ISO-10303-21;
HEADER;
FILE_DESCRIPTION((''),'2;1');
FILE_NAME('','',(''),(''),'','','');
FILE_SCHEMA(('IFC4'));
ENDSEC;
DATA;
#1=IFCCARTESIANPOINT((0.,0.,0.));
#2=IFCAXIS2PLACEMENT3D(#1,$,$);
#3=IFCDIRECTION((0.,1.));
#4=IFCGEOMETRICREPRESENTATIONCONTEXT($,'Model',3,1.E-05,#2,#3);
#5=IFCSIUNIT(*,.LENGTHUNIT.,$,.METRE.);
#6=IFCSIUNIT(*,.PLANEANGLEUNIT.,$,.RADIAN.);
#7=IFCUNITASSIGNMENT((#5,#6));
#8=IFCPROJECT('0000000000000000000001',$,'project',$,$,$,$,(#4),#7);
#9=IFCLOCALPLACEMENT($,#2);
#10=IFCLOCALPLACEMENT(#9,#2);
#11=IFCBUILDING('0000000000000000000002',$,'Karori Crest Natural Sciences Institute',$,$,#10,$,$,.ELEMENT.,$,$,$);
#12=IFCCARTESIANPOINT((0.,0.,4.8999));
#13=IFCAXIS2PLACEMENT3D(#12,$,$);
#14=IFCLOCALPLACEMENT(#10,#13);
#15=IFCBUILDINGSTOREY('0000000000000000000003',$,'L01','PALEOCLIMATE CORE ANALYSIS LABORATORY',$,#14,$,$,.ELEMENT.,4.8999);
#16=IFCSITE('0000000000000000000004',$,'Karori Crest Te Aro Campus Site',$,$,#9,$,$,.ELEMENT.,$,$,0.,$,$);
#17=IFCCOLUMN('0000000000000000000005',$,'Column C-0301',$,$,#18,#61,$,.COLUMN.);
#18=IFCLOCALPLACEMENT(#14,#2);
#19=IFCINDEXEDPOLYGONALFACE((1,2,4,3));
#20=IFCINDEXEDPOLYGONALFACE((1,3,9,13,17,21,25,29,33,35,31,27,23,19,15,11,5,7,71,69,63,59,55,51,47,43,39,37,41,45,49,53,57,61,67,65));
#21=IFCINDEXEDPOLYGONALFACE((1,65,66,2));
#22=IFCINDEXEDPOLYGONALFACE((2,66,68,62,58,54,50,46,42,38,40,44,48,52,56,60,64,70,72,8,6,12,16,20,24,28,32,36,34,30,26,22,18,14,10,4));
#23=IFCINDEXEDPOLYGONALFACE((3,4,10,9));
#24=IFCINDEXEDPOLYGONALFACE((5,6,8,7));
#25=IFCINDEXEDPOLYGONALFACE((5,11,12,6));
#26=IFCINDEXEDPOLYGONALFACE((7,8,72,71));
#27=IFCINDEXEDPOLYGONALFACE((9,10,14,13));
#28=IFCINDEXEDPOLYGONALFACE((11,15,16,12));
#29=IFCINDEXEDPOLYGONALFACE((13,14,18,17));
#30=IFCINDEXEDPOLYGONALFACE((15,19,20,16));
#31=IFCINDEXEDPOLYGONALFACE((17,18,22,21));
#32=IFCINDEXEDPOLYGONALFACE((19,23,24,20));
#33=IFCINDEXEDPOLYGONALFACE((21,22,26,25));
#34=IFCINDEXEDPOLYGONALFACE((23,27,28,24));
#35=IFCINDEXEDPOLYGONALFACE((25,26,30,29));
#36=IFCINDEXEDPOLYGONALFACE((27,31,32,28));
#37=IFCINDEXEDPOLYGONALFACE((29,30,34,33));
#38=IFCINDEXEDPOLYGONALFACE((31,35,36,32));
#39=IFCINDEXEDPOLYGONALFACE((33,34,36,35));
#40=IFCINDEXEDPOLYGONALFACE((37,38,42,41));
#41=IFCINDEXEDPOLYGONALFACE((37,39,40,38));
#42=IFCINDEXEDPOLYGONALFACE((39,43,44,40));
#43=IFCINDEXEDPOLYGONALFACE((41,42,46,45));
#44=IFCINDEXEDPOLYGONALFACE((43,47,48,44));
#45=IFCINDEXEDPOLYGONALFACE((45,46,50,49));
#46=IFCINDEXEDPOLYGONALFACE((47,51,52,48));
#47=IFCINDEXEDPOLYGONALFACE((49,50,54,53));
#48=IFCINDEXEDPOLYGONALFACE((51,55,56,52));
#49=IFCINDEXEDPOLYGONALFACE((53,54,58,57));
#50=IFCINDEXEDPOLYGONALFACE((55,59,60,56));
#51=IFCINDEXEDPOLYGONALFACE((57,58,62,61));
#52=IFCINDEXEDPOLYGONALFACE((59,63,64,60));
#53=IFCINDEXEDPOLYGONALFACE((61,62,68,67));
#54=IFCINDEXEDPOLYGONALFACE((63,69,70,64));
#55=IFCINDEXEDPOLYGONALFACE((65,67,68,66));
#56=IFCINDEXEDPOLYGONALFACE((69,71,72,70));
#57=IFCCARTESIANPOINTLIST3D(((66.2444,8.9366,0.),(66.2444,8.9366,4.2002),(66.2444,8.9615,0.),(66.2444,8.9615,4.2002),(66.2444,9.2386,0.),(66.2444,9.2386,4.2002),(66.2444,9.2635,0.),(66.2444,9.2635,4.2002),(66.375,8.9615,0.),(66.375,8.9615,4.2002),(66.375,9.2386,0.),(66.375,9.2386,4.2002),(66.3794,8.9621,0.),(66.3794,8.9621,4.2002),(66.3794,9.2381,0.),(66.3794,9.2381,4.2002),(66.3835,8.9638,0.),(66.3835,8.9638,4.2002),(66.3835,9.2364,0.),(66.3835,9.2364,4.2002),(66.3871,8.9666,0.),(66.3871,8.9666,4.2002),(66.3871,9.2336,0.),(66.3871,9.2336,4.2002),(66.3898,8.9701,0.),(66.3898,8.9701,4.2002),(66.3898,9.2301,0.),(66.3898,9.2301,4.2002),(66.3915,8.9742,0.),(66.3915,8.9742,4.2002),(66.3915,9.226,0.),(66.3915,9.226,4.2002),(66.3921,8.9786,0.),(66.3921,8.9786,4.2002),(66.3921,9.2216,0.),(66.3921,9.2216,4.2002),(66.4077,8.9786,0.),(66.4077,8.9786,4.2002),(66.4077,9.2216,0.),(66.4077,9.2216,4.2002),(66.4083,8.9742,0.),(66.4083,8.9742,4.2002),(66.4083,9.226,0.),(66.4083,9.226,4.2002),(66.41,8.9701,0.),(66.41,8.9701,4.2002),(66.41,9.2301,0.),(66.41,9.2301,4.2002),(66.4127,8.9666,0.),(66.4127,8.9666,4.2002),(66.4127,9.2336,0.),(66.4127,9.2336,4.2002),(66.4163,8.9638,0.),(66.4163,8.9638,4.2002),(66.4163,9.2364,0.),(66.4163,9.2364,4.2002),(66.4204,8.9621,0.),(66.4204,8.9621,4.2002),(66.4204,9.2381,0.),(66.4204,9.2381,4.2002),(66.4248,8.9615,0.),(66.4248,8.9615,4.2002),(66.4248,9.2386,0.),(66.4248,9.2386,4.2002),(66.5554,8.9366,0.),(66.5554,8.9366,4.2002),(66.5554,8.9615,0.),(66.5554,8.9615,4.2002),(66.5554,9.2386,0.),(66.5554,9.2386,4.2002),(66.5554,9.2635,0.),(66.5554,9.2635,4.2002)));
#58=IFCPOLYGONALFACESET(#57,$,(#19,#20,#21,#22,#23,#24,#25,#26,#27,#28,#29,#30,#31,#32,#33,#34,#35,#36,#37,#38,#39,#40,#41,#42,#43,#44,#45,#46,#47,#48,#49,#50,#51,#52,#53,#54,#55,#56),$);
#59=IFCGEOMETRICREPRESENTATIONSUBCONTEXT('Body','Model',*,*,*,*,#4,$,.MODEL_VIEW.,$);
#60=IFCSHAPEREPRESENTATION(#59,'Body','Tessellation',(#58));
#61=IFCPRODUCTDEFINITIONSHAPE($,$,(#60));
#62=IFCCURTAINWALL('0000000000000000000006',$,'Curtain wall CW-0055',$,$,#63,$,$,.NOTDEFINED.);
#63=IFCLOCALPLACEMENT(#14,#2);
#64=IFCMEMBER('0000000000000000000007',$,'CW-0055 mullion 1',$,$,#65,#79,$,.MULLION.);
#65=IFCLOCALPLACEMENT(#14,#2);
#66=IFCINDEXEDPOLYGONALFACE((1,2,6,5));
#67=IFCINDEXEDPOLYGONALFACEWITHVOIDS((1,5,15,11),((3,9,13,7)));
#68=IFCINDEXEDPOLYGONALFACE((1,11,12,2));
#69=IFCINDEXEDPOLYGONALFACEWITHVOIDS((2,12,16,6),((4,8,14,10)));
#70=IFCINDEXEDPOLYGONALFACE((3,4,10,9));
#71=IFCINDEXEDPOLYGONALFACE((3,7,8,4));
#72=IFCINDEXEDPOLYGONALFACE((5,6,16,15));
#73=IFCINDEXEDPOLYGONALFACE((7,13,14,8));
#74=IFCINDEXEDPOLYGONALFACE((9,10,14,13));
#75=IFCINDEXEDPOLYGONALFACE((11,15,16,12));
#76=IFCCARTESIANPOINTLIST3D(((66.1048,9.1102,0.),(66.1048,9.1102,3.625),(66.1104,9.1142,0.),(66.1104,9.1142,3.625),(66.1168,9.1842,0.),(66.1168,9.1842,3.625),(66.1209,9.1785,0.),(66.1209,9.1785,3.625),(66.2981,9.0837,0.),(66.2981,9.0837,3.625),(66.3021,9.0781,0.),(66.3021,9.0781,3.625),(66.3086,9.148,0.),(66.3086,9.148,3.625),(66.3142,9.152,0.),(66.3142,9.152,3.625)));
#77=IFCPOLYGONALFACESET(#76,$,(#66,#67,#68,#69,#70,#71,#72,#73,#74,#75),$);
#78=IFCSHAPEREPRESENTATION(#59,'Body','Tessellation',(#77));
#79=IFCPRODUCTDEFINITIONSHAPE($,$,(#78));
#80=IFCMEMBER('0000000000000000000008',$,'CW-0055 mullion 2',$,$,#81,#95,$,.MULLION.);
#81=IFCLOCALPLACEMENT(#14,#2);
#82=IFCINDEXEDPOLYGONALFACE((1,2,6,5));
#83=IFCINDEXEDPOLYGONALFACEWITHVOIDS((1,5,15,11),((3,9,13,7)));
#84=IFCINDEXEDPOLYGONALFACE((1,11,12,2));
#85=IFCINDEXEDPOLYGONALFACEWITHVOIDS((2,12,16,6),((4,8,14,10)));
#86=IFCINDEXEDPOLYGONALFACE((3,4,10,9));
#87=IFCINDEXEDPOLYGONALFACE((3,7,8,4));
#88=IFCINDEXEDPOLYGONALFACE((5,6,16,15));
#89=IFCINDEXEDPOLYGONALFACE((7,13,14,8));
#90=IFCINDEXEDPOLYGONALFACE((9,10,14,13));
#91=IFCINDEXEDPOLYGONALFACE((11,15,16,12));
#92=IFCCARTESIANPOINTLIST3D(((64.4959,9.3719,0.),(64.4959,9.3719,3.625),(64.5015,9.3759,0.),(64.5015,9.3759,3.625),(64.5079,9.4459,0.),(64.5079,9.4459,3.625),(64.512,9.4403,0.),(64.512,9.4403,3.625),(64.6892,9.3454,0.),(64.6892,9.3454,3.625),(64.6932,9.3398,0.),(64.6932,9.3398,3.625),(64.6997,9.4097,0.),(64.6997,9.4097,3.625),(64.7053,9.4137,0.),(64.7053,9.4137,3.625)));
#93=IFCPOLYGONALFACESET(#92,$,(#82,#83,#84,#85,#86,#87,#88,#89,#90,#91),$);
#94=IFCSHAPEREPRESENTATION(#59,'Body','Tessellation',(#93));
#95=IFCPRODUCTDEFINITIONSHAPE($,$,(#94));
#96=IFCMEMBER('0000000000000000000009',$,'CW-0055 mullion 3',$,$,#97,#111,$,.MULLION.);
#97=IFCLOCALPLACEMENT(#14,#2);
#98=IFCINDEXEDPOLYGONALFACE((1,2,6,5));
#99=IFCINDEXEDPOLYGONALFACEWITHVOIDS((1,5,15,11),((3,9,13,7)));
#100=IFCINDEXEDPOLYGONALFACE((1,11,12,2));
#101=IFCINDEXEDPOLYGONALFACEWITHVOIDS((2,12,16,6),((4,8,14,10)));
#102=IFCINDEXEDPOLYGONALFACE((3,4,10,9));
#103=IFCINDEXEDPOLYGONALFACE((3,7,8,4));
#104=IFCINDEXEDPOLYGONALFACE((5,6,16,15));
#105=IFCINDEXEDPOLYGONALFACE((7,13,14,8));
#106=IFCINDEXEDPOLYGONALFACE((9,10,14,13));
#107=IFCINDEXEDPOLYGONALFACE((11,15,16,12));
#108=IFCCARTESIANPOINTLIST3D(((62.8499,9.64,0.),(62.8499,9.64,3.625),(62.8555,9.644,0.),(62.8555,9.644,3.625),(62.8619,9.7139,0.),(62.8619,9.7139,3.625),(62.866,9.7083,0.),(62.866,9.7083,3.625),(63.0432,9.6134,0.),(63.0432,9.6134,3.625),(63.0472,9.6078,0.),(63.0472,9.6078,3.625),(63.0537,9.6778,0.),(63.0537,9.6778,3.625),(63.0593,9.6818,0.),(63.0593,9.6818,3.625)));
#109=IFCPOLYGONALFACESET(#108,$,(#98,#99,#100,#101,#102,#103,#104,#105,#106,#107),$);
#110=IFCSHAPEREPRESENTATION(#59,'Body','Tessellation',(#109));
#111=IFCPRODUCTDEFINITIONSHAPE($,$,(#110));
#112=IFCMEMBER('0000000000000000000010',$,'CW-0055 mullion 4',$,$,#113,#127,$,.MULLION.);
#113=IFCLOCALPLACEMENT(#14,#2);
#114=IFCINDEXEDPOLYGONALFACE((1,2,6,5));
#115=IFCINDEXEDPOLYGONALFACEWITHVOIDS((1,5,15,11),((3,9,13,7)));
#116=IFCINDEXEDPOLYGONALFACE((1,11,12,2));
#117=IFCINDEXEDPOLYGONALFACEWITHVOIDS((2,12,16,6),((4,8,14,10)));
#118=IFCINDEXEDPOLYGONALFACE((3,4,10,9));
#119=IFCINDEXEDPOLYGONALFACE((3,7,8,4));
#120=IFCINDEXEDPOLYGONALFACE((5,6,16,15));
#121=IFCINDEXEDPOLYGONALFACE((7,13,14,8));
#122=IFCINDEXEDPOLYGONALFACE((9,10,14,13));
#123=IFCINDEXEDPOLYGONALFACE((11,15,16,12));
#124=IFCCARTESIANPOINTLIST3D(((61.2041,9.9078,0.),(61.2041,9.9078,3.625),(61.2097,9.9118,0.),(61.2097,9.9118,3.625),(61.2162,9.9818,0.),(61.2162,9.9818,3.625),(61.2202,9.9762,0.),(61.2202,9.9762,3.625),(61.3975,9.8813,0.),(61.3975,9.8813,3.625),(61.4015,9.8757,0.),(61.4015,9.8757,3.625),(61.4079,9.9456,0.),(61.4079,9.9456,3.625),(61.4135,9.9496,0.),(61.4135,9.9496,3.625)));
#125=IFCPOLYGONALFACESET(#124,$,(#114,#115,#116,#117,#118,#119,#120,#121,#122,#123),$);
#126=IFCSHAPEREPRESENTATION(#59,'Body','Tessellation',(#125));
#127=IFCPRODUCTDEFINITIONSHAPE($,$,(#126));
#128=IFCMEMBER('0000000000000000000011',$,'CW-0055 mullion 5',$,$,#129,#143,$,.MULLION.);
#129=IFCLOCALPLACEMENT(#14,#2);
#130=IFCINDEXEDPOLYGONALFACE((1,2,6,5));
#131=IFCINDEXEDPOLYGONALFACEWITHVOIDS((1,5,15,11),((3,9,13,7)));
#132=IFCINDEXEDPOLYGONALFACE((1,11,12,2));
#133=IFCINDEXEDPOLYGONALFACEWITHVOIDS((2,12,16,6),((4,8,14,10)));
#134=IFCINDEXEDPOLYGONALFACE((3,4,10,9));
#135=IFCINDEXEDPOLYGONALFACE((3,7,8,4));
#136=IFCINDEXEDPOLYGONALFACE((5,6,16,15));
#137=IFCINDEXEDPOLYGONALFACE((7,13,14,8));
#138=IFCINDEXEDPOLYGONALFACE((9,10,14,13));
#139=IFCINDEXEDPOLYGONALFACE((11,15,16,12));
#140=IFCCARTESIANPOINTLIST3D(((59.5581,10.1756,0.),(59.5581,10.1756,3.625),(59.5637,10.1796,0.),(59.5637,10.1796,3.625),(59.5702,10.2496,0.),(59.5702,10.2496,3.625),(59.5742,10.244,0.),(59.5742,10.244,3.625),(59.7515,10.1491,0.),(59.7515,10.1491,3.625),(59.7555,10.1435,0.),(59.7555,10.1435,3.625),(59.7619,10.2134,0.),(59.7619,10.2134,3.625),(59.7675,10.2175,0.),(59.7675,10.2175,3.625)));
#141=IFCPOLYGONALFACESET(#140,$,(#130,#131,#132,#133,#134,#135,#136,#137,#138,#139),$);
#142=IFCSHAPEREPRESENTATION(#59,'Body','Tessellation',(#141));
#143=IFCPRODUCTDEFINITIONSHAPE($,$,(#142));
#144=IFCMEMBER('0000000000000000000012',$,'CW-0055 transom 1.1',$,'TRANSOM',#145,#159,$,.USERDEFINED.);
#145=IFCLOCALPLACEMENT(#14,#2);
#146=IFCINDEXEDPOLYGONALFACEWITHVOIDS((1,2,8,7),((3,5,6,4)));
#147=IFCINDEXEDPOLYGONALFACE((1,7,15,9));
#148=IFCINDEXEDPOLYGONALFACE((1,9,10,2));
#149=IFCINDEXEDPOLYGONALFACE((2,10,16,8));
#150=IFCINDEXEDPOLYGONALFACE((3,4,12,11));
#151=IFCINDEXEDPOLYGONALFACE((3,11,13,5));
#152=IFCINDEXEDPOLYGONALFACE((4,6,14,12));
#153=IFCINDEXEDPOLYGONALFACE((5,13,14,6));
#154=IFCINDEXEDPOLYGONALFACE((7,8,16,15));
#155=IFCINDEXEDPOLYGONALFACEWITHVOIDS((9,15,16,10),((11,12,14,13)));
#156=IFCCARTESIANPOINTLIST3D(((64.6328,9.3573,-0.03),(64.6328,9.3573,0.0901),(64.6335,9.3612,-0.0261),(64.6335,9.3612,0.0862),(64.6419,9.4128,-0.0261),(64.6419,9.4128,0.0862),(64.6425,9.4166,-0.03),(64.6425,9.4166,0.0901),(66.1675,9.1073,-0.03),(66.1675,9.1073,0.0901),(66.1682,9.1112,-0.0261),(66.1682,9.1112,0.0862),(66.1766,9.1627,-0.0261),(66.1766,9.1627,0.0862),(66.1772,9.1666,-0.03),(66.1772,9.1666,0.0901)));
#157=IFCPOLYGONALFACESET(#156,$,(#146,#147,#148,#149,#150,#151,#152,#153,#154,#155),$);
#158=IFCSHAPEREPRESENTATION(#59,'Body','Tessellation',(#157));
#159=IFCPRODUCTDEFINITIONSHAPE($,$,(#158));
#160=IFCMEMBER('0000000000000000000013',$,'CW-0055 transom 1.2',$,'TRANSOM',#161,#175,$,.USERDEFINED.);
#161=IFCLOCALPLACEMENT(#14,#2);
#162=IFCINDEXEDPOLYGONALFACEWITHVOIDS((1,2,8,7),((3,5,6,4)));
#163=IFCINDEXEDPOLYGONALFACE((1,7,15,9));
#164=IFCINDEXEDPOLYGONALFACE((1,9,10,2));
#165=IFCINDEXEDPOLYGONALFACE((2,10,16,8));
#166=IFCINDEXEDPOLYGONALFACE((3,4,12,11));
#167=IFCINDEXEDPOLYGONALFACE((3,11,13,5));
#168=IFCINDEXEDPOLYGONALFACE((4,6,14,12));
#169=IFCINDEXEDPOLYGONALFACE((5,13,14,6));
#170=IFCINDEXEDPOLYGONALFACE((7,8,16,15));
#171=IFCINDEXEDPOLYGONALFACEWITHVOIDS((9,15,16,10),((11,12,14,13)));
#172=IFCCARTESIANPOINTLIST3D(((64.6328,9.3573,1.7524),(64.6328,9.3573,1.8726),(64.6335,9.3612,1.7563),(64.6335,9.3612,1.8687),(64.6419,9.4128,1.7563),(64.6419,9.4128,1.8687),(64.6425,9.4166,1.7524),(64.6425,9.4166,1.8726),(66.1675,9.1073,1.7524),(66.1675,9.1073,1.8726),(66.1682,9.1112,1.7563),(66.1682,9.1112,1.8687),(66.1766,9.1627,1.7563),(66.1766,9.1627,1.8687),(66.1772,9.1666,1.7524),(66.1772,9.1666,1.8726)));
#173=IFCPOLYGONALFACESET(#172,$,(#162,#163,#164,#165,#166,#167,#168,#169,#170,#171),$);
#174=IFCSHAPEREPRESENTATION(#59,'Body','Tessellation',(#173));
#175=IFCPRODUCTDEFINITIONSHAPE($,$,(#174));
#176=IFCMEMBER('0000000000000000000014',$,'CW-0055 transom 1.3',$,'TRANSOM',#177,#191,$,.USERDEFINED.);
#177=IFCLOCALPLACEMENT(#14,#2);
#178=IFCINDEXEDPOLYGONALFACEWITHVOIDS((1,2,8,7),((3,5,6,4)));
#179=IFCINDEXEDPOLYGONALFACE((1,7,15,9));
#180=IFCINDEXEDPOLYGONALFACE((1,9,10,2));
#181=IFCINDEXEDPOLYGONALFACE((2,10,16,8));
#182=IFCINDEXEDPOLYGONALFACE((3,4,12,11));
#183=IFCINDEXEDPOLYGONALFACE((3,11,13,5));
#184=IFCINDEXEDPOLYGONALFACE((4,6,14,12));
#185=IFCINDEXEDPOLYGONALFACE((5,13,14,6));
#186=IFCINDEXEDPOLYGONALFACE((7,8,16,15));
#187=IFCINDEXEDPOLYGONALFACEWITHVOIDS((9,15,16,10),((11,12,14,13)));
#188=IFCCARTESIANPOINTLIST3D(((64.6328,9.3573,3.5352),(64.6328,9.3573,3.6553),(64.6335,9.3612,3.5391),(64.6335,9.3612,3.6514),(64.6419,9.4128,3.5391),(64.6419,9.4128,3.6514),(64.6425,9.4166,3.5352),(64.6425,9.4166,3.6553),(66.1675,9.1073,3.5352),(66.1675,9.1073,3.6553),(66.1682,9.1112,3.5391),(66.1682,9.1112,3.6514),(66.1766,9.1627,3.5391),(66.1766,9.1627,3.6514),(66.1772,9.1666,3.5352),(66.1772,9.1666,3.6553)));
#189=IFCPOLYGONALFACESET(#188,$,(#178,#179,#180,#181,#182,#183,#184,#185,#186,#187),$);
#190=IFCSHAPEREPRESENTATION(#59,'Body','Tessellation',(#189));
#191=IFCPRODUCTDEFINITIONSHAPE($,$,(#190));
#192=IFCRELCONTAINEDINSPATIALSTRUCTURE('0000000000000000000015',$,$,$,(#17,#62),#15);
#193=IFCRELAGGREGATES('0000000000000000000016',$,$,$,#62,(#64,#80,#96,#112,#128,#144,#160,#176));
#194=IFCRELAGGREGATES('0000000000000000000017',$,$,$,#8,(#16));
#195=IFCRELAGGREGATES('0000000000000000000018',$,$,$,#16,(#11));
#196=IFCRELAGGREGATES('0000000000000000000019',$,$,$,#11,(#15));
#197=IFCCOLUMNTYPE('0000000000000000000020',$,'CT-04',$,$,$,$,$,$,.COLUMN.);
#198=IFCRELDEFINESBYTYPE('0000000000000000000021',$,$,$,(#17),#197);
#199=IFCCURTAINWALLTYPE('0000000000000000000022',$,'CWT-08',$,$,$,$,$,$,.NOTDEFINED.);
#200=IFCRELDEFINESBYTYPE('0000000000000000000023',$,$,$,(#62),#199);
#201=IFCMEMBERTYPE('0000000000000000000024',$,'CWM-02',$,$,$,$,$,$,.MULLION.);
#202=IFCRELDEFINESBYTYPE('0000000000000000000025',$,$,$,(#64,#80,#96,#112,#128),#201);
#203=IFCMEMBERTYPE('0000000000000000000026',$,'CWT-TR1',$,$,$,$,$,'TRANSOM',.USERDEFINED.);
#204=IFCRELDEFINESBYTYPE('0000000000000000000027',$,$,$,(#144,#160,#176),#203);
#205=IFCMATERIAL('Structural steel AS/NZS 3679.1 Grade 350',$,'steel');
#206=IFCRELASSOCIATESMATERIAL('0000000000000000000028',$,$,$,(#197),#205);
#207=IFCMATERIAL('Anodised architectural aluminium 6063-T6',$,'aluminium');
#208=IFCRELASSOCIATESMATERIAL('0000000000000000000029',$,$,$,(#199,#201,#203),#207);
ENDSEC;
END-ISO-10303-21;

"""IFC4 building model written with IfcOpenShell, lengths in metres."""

from ifc_helpers import new_model, si_unit, direction, frame, origin, origin_2d, place, context, subcontext, project, spatial, hollow_rectangle, i_section, extrude, material, material_profile, profile_set, type_object, element, aggregate, save


model = new_model("IFC4")

# Units and contexts
model_context = context("Model", 3, precision=1e-05, world=origin(), true_north=direction((0.0, 1.0)))
body_context = subcontext(model_context, "Body", "Model", "MODEL_VIEW")
ifc_project = project(units=[si_unit("LENGTHUNIT", "METRE"), si_unit("PLANEANGLEUNIT", "RADIAN")], contexts=[model_context])

# Site, building, storey
site_placement = place(None, origin())
site = spatial("IfcSite", under=ifc_project, at=site_placement, Name="Karori Crest Te Aro Campus Site", CompositionType="ELEMENT", RefElevation=0.0)
building_placement = place(site_placement, origin())
building = spatial("IfcBuilding", under=site, at=building_placement, Name="Karori Crest Natural Sciences Institute", CompositionType="ELEMENT")
storey_placement = place(building_placement, frame((0.0, 0.0, 4.8999)))
storey = spatial("IfcBuildingStorey", under=building, at=storey_placement, Name="L01", Description="PALEOCLIMATE CORE ANALYSIS LABORATORY", CompositionType="ELEMENT", Elevation=4.8999)

# Column
ifc_material_1 = material(Name="Structural steel AS/NZS 3679.1 Grade 350", Category="steel")
ifc_material_profile_1 = material_profile(ifc_material_1, i_section(OverallWidth=0.311, OverallDepth=0.3269, WebThickness=0.0156, FlangeThickness=0.0249, FilletRadius=0.0171, at=origin_2d()), Name="310UC158")
ifc_profile_set_1 = profile_set([ifc_material_profile_1], Name="Structural steel AS/NZS 3679.1 Grade 350")
column_type = type_object("IfcColumnType", Name="CT-04", PredefinedType="COLUMN", material=ifc_profile_set_1)
column_placement = place(storey_placement, frame((66.3999, 9.1001, 0.0), z_axis=(0.0, 0.0, 1.0), x_axis=(1.0, 0.0, 0.0)))
element("IfcColumn", 1, at=column_placement, inside=storey, type_object=column_type, Name="Column C-0301", PredefinedType="COLUMN", context=body_context, shape_type="SweptSolid", body=[
    extrude(i_section(OverallWidth=0.311, OverallDepth=0.3269, WebThickness=0.0156, FlangeThickness=0.0249, FilletRadius=0.0171, at=origin_2d()), origin(), (0.0, 0.0, 1.0), 4.2002),
])

# Curtain wall, members
ifc_material_2 = material(Name="Anodised architectural aluminium 6063-T6", Category="aluminium")
curtain_wall_type = type_object("IfcCurtainWallType", Name="CWT-08", PredefinedType="NOTDEFINED", material=ifc_material_2)
curtain_wall_placement = place(storey_placement, origin())
curtain_wall = element("IfcCurtainWall", 2, at=curtain_wall_placement, inside=storey, type_object=curtain_wall_type, Name="Curtain wall CW-0055", PredefinedType="NOTDEFINED")
ifc_material_profile_2 = material_profile(ifc_material_2, hollow_rectangle(XDim=0.075, YDim=0.2, WallThickness=0.0049, at=origin_2d()), Name="CWM200x75x5")
ifc_profile_set_2 = profile_set([ifc_material_profile_2], Name="Anodised architectural aluminium 6063-T6")
member_type_1 = type_object("IfcMemberType", Name="CWM-02", PredefinedType="MULLION", material=ifc_profile_set_2)
member_1_placement = place(storey_placement, frame((66.2095, 9.1311, 0.0), z_axis=(0.0, 0.0, 1.0), x_axis=(-0.160652, -0.987011, 0.0)))
member_1 = element("IfcMember", 3, at=member_1_placement, type_object=member_type_1, Name="CW-0055 mullion 1", PredefinedType="MULLION", context=body_context, shape_type="SweptSolid", body=[
    extrude(hollow_rectangle(XDim=0.075, YDim=0.2, WallThickness=0.0049, at=origin_2d()), origin(), (0.0, 0.0, 1.0), 3.625),
])
member_2_placement = place(storey_placement, frame((64.6006, 9.3928, 0.0), z_axis=(0.0, 0.0, 1.0), x_axis=(-0.160652, -0.987011, 0.0)))
member_2 = element("IfcMember", 4, at=member_2_placement, type_object=member_type_1, Name="CW-0055 mullion 2", PredefinedType="MULLION", context=body_context, shape_type="SweptSolid", body=[
    extrude(hollow_rectangle(XDim=0.075, YDim=0.2, WallThickness=0.0049, at=origin_2d()), origin(), (0.0, 0.0, 1.0), 3.625),
])
member_3_placement = place(storey_placement, frame((62.9546, 9.6609, 0.0), z_axis=(0.0, 0.0, 1.0), x_axis=(-0.160652, -0.987011, 0.0)))
member_3 = element("IfcMember", 5, at=member_3_placement, type_object=member_type_1, Name="CW-0055 mullion 3", PredefinedType="MULLION", context=body_context, shape_type="SweptSolid", body=[
    extrude(hollow_rectangle(XDim=0.075, YDim=0.2, WallThickness=0.0049, at=origin_2d()), origin(), (0.0, 0.0, 1.0), 3.625),
])
member_4_placement = place(storey_placement, frame((61.3088, 9.9287, 0.0), z_axis=(0.0, 0.0, 1.0), x_axis=(-0.160652, -0.987011, 0.0)))
member_4 = element("IfcMember", 6, at=member_4_placement, type_object=member_type_1, Name="CW-0055 mullion 4", PredefinedType="MULLION", context=body_context, shape_type="SweptSolid", body=[
    extrude(hollow_rectangle(XDim=0.075, YDim=0.2, WallThickness=0.0049, at=origin_2d()), origin(), (0.0, 0.0, 1.0), 3.625),
])
member_5_placement = place(storey_placement, frame((59.6628, 10.1965, 0.0), z_axis=(0.0, 0.0, 1.0), x_axis=(-0.160652, -0.987011, 0.0)))
member_5 = element("IfcMember", 7, at=member_5_placement, type_object=member_type_1, Name="CW-0055 mullion 5", PredefinedType="MULLION", context=body_context, shape_type="SweptSolid", body=[
    extrude(hollow_rectangle(XDim=0.075, YDim=0.2, WallThickness=0.0049, at=origin_2d()), origin(), (0.0, 0.0, 1.0), 3.625),
])
ifc_material_profile_3 = material_profile(ifc_material_2, hollow_rectangle(XDim=0.0601, YDim=0.1201, WallThickness=0.0039, at=origin_2d()), Name="CWT120x60x4")
ifc_profile_set_3 = profile_set([ifc_material_profile_3], Name="Anodised architectural aluminium 6063-T6")
member_type_2 = type_object("IfcMemberType", Name="CWT-TR1", ElementType="TRANSOM", PredefinedType="USERDEFINED", material=ifc_profile_set_3)
member_6_placement = place(storey_placement, frame((66.1724, 9.137, 0.03), z_axis=(-0.98699, 0.160782, 0.0), x_axis=(-0.160782, -0.98699, 0.0)))
member_6 = element("IfcMember", 8, at=member_6_placement, type_object=member_type_2, Name="CW-0055 transom 1.1", ObjectType="TRANSOM", PredefinedType="USERDEFINED", context=body_context, shape_type="SweptSolid", body=[
    extrude(hollow_rectangle(XDim=0.0601, YDim=0.1201, WallThickness=0.0039, at=origin_2d()), origin(), (0.0, 0.0, 1.0), 1.5549),
])
member_7_placement = place(storey_placement, frame((66.1724, 9.137, 1.8125), z_axis=(-0.98699, 0.160782, 0.0), x_axis=(-0.160782, -0.98699, 0.0)))
member_7 = element("IfcMember", 9, at=member_7_placement, type_object=member_type_2, Name="CW-0055 transom 1.2", ObjectType="TRANSOM", PredefinedType="USERDEFINED", context=body_context, shape_type="SweptSolid", body=[
    extrude(hollow_rectangle(XDim=0.0601, YDim=0.1201, WallThickness=0.0039, at=origin_2d()), origin(), (0.0, 0.0, 1.0), 1.5549),
])
member_8_placement = place(storey_placement, frame((66.1724, 9.137, 3.5952), z_axis=(-0.98699, 0.160782, 0.0), x_axis=(-0.160782, -0.98699, 0.0)))
member_8 = element("IfcMember", 10, at=member_8_placement, type_object=member_type_2, Name="CW-0055 transom 1.3", ObjectType="TRANSOM", PredefinedType="USERDEFINED", context=body_context, shape_type="SweptSolid", body=[
    extrude(hollow_rectangle(XDim=0.0601, YDim=0.1201, WallThickness=0.0039, at=origin_2d()), origin(), (0.0, 0.0, 1.0), 1.5549),
])
aggregate(curtain_wall, [member_1, member_2, member_3, member_4, member_5, member_6, member_7, member_8])

save(model, "model.ifc")
